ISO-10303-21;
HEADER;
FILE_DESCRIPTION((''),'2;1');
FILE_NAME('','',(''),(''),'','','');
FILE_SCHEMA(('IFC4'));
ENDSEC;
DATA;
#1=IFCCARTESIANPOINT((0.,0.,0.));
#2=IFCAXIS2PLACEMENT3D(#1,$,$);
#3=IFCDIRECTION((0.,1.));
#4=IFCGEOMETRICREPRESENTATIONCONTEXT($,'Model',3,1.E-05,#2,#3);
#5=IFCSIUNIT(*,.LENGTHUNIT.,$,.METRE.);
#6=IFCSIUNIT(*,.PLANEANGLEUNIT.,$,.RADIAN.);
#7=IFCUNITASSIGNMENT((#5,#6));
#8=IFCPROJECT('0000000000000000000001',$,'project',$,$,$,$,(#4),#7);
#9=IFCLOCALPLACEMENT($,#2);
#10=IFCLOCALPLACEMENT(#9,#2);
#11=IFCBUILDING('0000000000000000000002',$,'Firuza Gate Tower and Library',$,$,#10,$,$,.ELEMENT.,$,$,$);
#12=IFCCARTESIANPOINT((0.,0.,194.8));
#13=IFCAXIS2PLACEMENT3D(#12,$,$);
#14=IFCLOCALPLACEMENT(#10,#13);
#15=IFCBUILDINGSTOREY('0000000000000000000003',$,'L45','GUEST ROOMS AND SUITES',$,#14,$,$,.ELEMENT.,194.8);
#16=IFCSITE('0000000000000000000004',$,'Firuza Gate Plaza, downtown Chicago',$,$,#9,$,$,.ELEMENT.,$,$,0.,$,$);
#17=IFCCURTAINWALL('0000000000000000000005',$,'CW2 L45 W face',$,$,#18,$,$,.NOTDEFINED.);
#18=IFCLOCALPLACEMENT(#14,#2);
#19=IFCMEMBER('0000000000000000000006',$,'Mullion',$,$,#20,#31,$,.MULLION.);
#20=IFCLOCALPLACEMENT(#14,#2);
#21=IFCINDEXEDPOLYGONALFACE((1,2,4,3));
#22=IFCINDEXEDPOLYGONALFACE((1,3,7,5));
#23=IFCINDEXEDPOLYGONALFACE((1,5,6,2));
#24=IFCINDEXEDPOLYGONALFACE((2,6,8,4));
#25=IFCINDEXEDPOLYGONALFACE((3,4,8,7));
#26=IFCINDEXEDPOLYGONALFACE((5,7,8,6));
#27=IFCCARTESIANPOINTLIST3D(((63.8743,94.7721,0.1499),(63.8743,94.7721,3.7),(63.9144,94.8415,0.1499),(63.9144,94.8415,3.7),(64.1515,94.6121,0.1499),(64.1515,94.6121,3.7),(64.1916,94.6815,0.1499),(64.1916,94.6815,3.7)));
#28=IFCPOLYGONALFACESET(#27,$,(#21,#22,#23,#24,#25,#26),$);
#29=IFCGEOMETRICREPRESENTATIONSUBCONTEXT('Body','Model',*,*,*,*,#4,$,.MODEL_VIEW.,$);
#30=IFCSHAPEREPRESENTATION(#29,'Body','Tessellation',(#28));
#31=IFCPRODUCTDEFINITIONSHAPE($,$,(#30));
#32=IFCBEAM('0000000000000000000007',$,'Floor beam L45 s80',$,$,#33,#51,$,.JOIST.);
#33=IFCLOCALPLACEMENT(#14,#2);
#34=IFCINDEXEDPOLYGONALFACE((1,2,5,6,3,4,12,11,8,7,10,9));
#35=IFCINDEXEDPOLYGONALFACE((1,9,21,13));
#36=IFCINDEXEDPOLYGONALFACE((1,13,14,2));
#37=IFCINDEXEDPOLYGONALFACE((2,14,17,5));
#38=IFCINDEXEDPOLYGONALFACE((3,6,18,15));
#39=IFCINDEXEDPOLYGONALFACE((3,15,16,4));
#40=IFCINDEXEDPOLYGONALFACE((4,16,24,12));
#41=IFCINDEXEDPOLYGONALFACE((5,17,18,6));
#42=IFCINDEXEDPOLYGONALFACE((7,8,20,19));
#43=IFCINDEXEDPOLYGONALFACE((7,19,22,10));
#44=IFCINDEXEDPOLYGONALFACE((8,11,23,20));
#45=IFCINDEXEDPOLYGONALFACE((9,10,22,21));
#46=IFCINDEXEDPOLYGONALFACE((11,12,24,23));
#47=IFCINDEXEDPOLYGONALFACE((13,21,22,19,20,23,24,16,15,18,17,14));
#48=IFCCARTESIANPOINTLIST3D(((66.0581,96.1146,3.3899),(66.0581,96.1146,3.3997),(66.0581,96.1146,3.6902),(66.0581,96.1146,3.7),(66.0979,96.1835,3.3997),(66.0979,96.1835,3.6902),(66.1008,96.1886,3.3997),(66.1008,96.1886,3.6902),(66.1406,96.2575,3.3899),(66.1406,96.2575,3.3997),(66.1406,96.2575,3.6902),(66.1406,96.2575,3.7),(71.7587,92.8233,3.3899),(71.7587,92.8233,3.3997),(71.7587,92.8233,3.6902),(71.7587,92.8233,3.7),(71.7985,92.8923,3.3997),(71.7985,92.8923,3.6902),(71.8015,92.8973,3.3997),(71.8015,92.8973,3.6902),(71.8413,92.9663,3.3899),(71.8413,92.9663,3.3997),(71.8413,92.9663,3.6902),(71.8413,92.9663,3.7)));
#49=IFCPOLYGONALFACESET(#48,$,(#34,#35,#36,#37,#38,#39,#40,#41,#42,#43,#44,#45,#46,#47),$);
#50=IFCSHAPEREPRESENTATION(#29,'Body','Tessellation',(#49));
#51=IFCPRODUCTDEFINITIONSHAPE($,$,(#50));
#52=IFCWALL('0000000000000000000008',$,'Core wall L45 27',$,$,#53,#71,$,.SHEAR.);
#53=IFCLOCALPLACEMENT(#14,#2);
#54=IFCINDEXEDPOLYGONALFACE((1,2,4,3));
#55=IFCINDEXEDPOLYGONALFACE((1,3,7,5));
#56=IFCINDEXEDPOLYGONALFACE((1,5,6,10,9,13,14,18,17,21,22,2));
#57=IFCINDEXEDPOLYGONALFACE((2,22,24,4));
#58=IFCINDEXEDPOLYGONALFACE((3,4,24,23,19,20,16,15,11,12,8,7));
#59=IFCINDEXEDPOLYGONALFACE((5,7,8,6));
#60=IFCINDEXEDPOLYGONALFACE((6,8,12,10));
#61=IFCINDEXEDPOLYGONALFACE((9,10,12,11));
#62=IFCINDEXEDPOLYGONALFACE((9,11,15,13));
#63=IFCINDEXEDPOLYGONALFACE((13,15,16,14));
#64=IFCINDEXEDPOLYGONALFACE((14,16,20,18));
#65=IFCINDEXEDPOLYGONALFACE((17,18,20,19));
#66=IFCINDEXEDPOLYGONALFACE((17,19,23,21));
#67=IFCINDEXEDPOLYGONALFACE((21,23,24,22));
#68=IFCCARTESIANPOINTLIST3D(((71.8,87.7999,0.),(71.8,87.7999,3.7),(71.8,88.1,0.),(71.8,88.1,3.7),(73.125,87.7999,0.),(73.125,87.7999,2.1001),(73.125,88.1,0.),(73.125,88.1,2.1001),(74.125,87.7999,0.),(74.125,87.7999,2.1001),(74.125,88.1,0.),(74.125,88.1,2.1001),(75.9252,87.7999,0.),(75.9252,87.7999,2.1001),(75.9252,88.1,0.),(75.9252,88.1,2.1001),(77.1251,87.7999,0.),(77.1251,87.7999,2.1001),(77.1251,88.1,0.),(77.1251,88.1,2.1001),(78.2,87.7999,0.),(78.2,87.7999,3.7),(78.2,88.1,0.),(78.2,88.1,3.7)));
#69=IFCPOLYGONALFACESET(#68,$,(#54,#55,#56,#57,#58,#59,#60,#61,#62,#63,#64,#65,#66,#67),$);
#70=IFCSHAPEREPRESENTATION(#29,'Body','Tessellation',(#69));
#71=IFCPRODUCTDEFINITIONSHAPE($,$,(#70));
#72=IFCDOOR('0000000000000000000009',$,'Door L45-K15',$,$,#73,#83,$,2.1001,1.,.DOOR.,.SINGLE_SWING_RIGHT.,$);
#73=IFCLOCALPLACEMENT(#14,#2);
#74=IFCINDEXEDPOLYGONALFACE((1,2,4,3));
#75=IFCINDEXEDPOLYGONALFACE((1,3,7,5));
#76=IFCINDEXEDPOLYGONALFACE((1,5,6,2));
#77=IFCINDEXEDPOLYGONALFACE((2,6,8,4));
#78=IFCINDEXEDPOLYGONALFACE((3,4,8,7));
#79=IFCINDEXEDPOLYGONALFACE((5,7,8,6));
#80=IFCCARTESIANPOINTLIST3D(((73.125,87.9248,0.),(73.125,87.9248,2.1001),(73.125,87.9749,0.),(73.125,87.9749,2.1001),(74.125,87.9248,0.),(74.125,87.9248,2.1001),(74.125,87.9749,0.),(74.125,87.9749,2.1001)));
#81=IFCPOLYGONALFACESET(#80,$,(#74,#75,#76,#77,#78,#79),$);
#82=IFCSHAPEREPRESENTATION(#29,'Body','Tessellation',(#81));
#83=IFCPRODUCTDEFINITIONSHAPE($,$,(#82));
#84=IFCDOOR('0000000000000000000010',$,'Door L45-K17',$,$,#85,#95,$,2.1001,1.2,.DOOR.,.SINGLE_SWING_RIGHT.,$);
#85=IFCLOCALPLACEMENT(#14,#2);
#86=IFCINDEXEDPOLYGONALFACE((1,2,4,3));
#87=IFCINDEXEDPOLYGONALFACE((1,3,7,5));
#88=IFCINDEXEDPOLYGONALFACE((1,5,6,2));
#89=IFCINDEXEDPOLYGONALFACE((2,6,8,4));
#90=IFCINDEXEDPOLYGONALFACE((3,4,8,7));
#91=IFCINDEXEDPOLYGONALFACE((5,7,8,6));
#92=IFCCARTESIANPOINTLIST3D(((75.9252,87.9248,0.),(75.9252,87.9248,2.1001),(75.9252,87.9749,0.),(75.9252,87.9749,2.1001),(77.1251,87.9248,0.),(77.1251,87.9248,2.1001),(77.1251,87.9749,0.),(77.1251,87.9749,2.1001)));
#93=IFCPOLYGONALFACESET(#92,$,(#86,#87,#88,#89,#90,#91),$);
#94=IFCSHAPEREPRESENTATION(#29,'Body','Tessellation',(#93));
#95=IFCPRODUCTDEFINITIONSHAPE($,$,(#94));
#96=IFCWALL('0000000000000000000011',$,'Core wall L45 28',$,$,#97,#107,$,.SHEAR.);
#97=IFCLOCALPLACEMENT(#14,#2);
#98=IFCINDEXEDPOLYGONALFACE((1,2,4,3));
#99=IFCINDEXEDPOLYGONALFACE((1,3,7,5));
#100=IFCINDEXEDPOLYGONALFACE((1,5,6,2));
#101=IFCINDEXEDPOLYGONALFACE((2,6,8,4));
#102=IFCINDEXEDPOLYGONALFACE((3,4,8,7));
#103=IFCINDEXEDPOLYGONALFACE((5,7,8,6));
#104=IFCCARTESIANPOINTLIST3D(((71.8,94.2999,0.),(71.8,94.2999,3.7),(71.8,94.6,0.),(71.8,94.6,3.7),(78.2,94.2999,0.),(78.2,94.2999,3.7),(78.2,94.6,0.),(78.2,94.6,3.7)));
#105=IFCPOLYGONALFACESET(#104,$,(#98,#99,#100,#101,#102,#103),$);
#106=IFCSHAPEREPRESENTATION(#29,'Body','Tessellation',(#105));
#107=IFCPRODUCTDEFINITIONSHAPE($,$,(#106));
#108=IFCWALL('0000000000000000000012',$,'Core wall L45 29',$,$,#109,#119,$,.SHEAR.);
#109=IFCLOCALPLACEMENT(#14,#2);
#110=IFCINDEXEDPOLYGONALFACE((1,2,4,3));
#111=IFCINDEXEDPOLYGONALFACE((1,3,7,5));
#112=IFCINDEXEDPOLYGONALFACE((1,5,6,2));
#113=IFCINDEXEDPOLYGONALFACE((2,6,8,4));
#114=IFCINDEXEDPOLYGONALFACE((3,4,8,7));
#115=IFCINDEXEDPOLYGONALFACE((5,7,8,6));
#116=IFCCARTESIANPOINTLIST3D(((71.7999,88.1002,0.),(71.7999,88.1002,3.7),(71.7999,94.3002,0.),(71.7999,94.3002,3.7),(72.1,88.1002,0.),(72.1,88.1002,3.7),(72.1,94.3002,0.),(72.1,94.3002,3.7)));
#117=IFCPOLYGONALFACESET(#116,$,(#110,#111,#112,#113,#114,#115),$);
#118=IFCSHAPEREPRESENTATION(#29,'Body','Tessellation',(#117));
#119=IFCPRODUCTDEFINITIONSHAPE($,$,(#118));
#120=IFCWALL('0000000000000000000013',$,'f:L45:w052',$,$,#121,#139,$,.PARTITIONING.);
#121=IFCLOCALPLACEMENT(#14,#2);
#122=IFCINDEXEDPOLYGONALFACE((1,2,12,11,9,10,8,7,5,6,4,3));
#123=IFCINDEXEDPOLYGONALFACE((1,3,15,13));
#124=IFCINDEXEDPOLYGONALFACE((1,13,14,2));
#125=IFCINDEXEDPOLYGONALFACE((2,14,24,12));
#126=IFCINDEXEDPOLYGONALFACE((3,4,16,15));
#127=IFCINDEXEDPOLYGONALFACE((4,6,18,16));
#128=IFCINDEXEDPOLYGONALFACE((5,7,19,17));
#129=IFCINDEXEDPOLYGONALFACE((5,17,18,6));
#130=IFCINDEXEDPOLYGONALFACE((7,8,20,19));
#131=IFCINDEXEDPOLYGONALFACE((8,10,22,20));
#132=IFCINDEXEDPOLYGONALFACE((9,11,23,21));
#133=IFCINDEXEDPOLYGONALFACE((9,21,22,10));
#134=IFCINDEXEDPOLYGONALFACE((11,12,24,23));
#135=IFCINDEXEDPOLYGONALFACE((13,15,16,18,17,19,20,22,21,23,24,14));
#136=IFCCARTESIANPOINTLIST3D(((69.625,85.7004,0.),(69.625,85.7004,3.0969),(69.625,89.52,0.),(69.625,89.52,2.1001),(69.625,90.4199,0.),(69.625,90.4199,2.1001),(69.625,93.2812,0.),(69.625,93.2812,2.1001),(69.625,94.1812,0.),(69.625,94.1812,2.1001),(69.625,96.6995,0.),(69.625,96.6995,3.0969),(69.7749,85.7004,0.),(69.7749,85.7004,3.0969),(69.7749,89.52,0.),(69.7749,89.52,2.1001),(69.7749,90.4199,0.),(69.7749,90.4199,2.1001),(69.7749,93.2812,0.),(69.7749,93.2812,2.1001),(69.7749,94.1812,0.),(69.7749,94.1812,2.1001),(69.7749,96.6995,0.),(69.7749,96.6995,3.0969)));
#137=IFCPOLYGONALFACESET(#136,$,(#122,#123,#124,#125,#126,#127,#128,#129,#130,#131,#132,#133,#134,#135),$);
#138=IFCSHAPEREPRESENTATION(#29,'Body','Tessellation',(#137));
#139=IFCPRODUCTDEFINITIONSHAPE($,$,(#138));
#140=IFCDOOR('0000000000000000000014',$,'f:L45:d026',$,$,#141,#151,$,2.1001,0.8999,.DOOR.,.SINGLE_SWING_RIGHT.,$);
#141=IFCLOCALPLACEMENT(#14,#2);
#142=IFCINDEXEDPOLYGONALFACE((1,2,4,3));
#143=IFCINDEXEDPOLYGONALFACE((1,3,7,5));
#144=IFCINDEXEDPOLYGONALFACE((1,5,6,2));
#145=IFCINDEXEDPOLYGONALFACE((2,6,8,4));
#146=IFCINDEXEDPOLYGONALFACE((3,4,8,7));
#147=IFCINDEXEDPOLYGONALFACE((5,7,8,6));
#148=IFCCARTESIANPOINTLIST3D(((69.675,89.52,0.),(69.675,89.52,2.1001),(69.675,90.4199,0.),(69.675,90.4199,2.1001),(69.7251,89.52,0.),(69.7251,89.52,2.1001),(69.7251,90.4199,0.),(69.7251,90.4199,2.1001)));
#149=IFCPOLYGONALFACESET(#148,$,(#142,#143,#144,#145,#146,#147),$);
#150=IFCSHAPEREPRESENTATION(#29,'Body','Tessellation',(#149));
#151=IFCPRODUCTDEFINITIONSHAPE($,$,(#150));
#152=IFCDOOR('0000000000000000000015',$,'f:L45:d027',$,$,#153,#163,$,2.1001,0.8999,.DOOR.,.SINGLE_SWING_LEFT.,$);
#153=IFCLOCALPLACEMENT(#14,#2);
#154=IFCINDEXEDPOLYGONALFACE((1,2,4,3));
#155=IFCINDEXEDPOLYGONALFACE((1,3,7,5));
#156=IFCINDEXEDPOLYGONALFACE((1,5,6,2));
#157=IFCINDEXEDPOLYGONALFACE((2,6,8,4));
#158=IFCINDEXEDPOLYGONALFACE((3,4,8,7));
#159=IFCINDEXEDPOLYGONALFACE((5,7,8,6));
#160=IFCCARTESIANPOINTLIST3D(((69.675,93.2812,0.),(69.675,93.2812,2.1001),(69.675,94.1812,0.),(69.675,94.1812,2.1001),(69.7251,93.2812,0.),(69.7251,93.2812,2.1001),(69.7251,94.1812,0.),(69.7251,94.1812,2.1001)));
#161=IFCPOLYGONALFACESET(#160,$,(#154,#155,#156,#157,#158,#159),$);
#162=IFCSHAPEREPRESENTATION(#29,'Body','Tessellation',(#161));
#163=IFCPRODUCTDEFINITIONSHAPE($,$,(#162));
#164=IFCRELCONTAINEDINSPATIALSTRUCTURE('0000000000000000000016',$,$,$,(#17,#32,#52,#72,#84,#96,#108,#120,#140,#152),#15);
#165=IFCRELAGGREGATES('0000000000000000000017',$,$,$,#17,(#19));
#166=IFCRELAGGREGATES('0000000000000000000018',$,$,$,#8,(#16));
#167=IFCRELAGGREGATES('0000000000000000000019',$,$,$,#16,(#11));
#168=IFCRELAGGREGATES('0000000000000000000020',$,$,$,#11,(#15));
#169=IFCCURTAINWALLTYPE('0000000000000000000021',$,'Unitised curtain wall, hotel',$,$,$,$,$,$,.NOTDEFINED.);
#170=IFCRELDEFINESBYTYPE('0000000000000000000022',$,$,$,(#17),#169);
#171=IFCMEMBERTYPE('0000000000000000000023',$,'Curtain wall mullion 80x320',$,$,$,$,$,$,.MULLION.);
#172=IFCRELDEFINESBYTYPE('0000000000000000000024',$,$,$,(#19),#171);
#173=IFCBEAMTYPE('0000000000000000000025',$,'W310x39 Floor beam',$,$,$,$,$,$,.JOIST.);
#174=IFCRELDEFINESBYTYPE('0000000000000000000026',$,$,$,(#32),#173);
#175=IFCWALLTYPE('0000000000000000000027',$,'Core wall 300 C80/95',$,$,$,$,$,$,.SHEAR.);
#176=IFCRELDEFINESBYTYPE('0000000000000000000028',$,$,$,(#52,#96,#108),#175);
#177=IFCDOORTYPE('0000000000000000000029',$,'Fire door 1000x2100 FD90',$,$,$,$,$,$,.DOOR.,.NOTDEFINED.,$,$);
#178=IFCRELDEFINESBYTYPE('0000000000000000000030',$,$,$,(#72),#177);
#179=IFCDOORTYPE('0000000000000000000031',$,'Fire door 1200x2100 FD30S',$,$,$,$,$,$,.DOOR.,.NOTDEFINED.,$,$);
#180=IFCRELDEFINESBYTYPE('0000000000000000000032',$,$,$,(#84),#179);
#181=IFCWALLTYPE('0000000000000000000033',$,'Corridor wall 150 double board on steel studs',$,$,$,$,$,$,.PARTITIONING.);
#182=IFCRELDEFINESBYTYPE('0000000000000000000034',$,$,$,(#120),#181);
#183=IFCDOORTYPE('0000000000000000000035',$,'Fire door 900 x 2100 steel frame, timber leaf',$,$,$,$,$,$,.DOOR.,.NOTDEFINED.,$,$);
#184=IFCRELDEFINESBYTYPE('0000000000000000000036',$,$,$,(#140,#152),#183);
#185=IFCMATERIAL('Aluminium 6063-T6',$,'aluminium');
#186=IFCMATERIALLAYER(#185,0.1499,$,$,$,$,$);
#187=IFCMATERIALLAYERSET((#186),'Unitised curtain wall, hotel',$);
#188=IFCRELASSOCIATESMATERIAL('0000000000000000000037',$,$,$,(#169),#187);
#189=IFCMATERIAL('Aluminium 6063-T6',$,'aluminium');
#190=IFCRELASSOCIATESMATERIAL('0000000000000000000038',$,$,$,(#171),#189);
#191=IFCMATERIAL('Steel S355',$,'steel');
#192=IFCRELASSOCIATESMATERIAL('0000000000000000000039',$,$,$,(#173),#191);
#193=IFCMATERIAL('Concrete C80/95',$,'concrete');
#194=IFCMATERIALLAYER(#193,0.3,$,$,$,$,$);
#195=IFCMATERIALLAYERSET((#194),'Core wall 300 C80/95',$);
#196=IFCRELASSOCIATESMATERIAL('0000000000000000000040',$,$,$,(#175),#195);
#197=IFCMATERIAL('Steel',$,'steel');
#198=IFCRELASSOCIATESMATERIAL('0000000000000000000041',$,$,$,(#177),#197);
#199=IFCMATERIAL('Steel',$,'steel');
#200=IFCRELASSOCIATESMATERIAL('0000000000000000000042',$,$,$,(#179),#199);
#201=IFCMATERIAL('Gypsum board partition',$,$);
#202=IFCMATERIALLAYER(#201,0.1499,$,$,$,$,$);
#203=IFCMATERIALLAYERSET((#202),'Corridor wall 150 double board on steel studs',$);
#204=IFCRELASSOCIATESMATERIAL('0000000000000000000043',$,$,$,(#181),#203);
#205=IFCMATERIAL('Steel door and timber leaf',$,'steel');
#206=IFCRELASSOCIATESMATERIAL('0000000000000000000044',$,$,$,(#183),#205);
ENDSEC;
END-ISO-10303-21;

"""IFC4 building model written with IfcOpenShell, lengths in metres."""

from ifc_helpers import new_model, si_unit, direction, frame, frame_2d, origin, origin_2d, place, context, subcontext, project, spatial, rectangle, i_section, extrude, material, layer, layer_set, material_profile, profile_set, type_object, element, fill, aggregate, save


model = new_model("IFC4")

# Units and contexts
model_context = context("Model", 3, precision=1e-05, world=origin(), true_north=direction((0.0, 1.0)))
body_context = subcontext(model_context, "Body", "Model", "MODEL_VIEW")
ifc_project = project(units=[si_unit("LENGTHUNIT", "METRE"), si_unit("PLANEANGLEUNIT", "RADIAN")], contexts=[model_context])

# Site, building, storey
site_placement = place(None, origin())
site = spatial("IfcSite", under=ifc_project, at=site_placement, Name="Firuza Gate Plaza, downtown Chicago", CompositionType="ELEMENT", RefElevation=0.0)
building_placement = place(site_placement, origin())
building = spatial("IfcBuilding", under=site, at=building_placement, Name="Firuza Gate Tower and Library", CompositionType="ELEMENT")
storey_placement = place(building_placement, frame((0.0, 0.0, 194.8)))
storey = spatial("IfcBuildingStorey", under=building, at=storey_placement, Name="L45", Description="GUEST ROOMS AND SUITES", CompositionType="ELEMENT", Elevation=194.8)

# Curtain wall, member
ifc_material_1 = material(Name="Aluminium 6063-T6", Category="aluminium")
ifc_layer_1 = layer(ifc_material_1, 0.1499)
ifc_layer_set_1 = layer_set([ifc_layer_1], Name="Unitised curtain wall, hotel")
curtain_wall_type = type_object("IfcCurtainWallType", Name="Unitised curtain wall, hotel", PredefinedType="NOTDEFINED", material=ifc_layer_set_1)
placement = place(storey_placement, origin())
curtain_wall = element("IfcCurtainWall", 1, at=placement, inside=storey, type_object=curtain_wall_type, Name="CW2 L45 W face", PredefinedType="NOTDEFINED")
ifc_material_2 = material(Name="Aluminium 6063-T6", Category="aluminium")
ifc_material_profile_1 = material_profile(ifc_material_2, rectangle(XDim=0.3201, YDim=0.0801, at=origin_2d()))
ifc_profile_set_1 = profile_set([ifc_material_profile_1], Name="Aluminium 6063-T6")
member_type = type_object("IfcMemberType", Name="Curtain wall mullion 80x320", PredefinedType="MULLION", material=ifc_profile_set_1)
member_placement = place(storey_placement, frame((64.033, 94.7268, 0.1499), z_axis=(0.0, 0.0, 1.0), x_axis=(0.866025, -0.5, 0.0)))
member = element("IfcMember", 2, at=member_placement, type_object=member_type, Name="Mullion", PredefinedType="MULLION", context=body_context, shape_type="SweptSolid", body=[
    extrude(rectangle(XDim=0.3201, YDim=0.0801, at=origin_2d()), origin(), (0.0, 0.0, 1.0), 3.55),
])
aggregate(curtain_wall, [member])

# Beam
ifc_material_3 = material(Name="Steel S355", Category="steel")
ifc_material_profile_2 = material_profile(ifc_material_3, i_section(OverallWidth=0.165, OverallDepth=0.3101, WebThickness=0.0059, FlangeThickness=0.0098, at=origin_2d()))
ifc_profile_set_2 = profile_set([ifc_material_profile_2], Name="Steel S355")
beam_type = type_object("IfcBeamType", Name="W310x39 Floor beam", PredefinedType="JOIST", material=ifc_profile_set_2)
beam_placement = place(storey_placement, frame((66.0994, 96.186, 3.5449), z_axis=(0.866027, -0.499996, 0.0), x_axis=(0.499996, 0.866027, 0.0)))
element("IfcBeam", 3, at=beam_placement, inside=storey, type_object=beam_type, Name="Floor beam L45 s80", PredefinedType="JOIST", context=body_context, shape_type="SweptSolid", body=[
    extrude(i_section(OverallWidth=0.165, OverallDepth=0.3101, WebThickness=0.0059, FlangeThickness=0.0098, at=origin_2d()), origin(), (0.0, 0.0, 1.0), 6.5825),
])

# Wall, openings, doors
ifc_material_4 = material(Name="Concrete C80/95", Category="concrete")
ifc_layer_2 = layer(ifc_material_4, 0.3)
ifc_layer_set_2 = layer_set([ifc_layer_2], Name="Core wall 300 C80/95")
wall_type_1 = type_object("IfcWallType", Name="Core wall 300 C80/95", PredefinedType="SHEAR", material=ifc_layer_set_2)
wall_1_placement = place(storey_placement, frame((71.8, 87.95, 0.0), z_axis=(0.0, 0.0, 1.0), x_axis=(1.0, 0.0, 0.0)))
wall_1 = element("IfcWall", 4, at=wall_1_placement, inside=storey, type_object=wall_type_1, Name="Core wall L45 27", PredefinedType="SHEAR", context=body_context, shape_type="SweptSolid", body=[
    extrude(rectangle(XDim=6.3999, YDim=0.3, at=frame_2d((3.2, 0.0))), origin(), (0.0, 0.0, 1.0), 3.7),
])
opening_1_placement = place(wall_1_placement, frame((1.325, 0.0, 0.0)))
opening_1 = element("IfcOpeningElement", 5, at=opening_1_placement, cuts=wall_1, PredefinedType="OPENING", context=body_context, shape_type="SweptSolid", body=[
    extrude(rectangle(XDim=1.0, YDim=2.1001, at=frame_2d((0.5, 1.05))), frame((0.0, 0.1602, 0.0), z_axis=(0.0, -1.0, 0.0), x_axis=(1.0, 0.0, 0.0)), (0.0, 0.0, 1.0), 0.3201),
])
opening_2_placement = place(wall_1_placement, frame((4.125, 0.0, 0.0)))
opening_2 = element("IfcOpeningElement", 6, at=opening_2_placement, cuts=wall_1, PredefinedType="OPENING", context=body_context, shape_type="SweptSolid", body=[
    extrude(rectangle(XDim=1.2, YDim=2.1001, at=frame_2d((0.6001, 1.05))), frame((0.0, 0.1602, 0.0), z_axis=(0.0, -1.0, 0.0), x_axis=(1.0, 0.0, 0.0)), (0.0, 0.0, 1.0), 0.3201),
])
ifc_material_5 = material(Name="Steel", Category="steel")
door_type_1 = type_object("IfcDoorType", Name="Fire door 1000x2100 FD90", OperationType="NOTDEFINED", PredefinedType="DOOR", material=ifc_material_5)
door_1_placement = place(opening_1_placement, origin())
door_1 = element("IfcDoor", 7, at=door_1_placement, inside=storey, type_object=door_type_1, Name="Door L45-K15", OperationType="SINGLE_SWING_RIGHT", OverallHeight=2.1001, OverallWidth=1.0, PredefinedType="DOOR", context=body_context, shape_type="SweptSolid", body=[
    extrude(rectangle(XDim=1.0, YDim=2.1001, at=frame_2d((0.5, 1.05))), frame((0.0, 0.0249, 0.0), z_axis=(0.0, -1.0, 0.0), x_axis=(1.0, 0.0, 0.0)), (0.0, 0.0, 1.0), 0.05),
])
fill(opening_1, door_1)
ifc_material_6 = material(Name="Steel", Category="steel")
door_type_2 = type_object("IfcDoorType", Name="Fire door 1200x2100 FD30S", OperationType="NOTDEFINED", PredefinedType="DOOR", material=ifc_material_6)
door_2_placement = place(opening_2_placement, origin())
door_2 = element("IfcDoor", 8, at=door_2_placement, inside=storey, type_object=door_type_2, Name="Door L45-K17", OperationType="SINGLE_SWING_RIGHT", OverallHeight=2.1001, OverallWidth=1.2, PredefinedType="DOOR", context=body_context, shape_type="SweptSolid", body=[
    extrude(rectangle(XDim=1.2, YDim=2.1001, at=frame_2d((0.6001, 1.05))), frame((0.0, 0.0249, 0.0), z_axis=(0.0, -1.0, 0.0), x_axis=(1.0, 0.0, 0.0)), (0.0, 0.0, 1.0), 0.05),
])
fill(opening_2, door_2)

# Walls
wall_2_placement = place(storey_placement, frame((71.8, 94.45, 0.0), z_axis=(0.0, 0.0, 1.0), x_axis=(1.0, 0.0, 0.0)))
element("IfcWall", 9, at=wall_2_placement, inside=storey, type_object=wall_type_1, Name="Core wall L45 28", PredefinedType="SHEAR", context=body_context, shape_type="SweptSolid", body=[
    extrude(rectangle(XDim=6.3999, YDim=0.3, at=frame_2d((3.2, 0.0))), origin(), (0.0, 0.0, 1.0), 3.7),
])
wall_3_placement = place(storey_placement, frame((71.95, 88.1001, 0.0), z_axis=(0.0, 0.0, 1.0), x_axis=(0.0, 1.0, 0.0)))
element("IfcWall", 10, at=wall_3_placement, inside=storey, type_object=wall_type_1, Name="Core wall L45 29", PredefinedType="SHEAR", context=body_context, shape_type="SweptSolid", body=[
    extrude(rectangle(XDim=6.2, YDim=0.3, at=frame_2d((3.1001, 0.0))), origin(), (0.0, 0.0, 1.0), 3.7),
])

# Wall, openings, doors
ifc_material_7 = material(Name="Gypsum board partition")
ifc_layer_3 = layer(ifc_material_7, 0.1499)
ifc_layer_set_3 = layer_set([ifc_layer_3], Name="Corridor wall 150 double board on steel studs")
wall_type_2 = type_object("IfcWallType", Name="Corridor wall 150 double board on steel studs", PredefinedType="PARTITIONING", material=ifc_layer_set_3)
wall_4_placement = place(storey_placement, frame((69.7, 85.7004, 0.0), z_axis=(0.0, 0.0, 1.0), x_axis=(0.0, 1.0, 0.0)))
wall_4 = element("IfcWall", 11, at=wall_4_placement, inside=storey, type_object=wall_type_2, Name="f:L45:w052", PredefinedType="PARTITIONING", context=body_context, shape_type="SweptSolid", body=[
    extrude(rectangle(XDim=10.999, YDim=0.1499, at=frame_2d((5.4995, 0.0))), origin(), (0.0, 0.0, 1.0), 3.0969),
])
opening_3_placement = place(wall_4_placement, frame((3.8196, 0.0, 0.0)))
opening_3 = element("IfcOpeningElement", 12, at=opening_3_placement, cuts=wall_4, PredefinedType="OPENING", context=body_context, shape_type="SweptSolid", body=[
    extrude(rectangle(XDim=0.8999, YDim=2.1001, at=frame_2d((0.45, 1.05))), frame((0.0, 0.085, 0.0), z_axis=(0.0, -1.0, 0.0), x_axis=(1.0, 0.0, 0.0)), (0.0, 0.0, 1.0), 0.1699),
])
opening_4_placement = place(wall_4_placement, frame((7.5808, 0.0, 0.0)))
opening_4 = element("IfcOpeningElement", 13, at=opening_4_placement, cuts=wall_4, PredefinedType="OPENING", context=body_context, shape_type="SweptSolid", body=[
    extrude(rectangle(XDim=0.8999, YDim=2.1001, at=frame_2d((0.45, 1.05))), frame((0.0, 0.085, 0.0), z_axis=(0.0, -1.0, 0.0), x_axis=(1.0, 0.0, 0.0)), (0.0, 0.0, 1.0), 0.1699),
])
ifc_material_8 = material(Name="Steel door and timber leaf", Category="steel")
door_type_3 = type_object("IfcDoorType", Name="Fire door 900 x 2100 steel frame, timber leaf", OperationType="NOTDEFINED", PredefinedType="DOOR", material=ifc_material_8)
door_3_placement = place(opening_3_placement, origin())
door_3 = element("IfcDoor", 14, at=door_3_placement, inside=storey, type_object=door_type_3, Name="f:L45:d026", OperationType="SINGLE_SWING_RIGHT", OverallHeight=2.1001, OverallWidth=0.8999, PredefinedType="DOOR", context=body_context, shape_type="SweptSolid", body=[
    extrude(rectangle(XDim=0.8999, YDim=2.1001, at=frame_2d((0.45, 1.05))), frame((0.0, 0.0249, 0.0), z_axis=(0.0, -1.0, 0.0), x_axis=(1.0, 0.0, 0.0)), (0.0, 0.0, 1.0), 0.05),
])
fill(opening_3, door_3)
door_4_placement = place(opening_4_placement, origin())
door_4 = element("IfcDoor", 15, at=door_4_placement, inside=storey, type_object=door_type_3, Name="f:L45:d027", OperationType="SINGLE_SWING_LEFT", OverallHeight=2.1001, OverallWidth=0.8999, PredefinedType="DOOR", context=body_context, shape_type="SweptSolid", body=[
    extrude(rectangle(XDim=0.8999, YDim=2.1001, at=frame_2d((0.45, 1.05))), frame((0.0, 0.0249, 0.0), z_axis=(0.0, -1.0, 0.0), x_axis=(1.0, 0.0, 0.0)), (0.0, 0.0, 1.0), 0.05),
])
fill(opening_4, door_4)

save(model, "model.ifc")
